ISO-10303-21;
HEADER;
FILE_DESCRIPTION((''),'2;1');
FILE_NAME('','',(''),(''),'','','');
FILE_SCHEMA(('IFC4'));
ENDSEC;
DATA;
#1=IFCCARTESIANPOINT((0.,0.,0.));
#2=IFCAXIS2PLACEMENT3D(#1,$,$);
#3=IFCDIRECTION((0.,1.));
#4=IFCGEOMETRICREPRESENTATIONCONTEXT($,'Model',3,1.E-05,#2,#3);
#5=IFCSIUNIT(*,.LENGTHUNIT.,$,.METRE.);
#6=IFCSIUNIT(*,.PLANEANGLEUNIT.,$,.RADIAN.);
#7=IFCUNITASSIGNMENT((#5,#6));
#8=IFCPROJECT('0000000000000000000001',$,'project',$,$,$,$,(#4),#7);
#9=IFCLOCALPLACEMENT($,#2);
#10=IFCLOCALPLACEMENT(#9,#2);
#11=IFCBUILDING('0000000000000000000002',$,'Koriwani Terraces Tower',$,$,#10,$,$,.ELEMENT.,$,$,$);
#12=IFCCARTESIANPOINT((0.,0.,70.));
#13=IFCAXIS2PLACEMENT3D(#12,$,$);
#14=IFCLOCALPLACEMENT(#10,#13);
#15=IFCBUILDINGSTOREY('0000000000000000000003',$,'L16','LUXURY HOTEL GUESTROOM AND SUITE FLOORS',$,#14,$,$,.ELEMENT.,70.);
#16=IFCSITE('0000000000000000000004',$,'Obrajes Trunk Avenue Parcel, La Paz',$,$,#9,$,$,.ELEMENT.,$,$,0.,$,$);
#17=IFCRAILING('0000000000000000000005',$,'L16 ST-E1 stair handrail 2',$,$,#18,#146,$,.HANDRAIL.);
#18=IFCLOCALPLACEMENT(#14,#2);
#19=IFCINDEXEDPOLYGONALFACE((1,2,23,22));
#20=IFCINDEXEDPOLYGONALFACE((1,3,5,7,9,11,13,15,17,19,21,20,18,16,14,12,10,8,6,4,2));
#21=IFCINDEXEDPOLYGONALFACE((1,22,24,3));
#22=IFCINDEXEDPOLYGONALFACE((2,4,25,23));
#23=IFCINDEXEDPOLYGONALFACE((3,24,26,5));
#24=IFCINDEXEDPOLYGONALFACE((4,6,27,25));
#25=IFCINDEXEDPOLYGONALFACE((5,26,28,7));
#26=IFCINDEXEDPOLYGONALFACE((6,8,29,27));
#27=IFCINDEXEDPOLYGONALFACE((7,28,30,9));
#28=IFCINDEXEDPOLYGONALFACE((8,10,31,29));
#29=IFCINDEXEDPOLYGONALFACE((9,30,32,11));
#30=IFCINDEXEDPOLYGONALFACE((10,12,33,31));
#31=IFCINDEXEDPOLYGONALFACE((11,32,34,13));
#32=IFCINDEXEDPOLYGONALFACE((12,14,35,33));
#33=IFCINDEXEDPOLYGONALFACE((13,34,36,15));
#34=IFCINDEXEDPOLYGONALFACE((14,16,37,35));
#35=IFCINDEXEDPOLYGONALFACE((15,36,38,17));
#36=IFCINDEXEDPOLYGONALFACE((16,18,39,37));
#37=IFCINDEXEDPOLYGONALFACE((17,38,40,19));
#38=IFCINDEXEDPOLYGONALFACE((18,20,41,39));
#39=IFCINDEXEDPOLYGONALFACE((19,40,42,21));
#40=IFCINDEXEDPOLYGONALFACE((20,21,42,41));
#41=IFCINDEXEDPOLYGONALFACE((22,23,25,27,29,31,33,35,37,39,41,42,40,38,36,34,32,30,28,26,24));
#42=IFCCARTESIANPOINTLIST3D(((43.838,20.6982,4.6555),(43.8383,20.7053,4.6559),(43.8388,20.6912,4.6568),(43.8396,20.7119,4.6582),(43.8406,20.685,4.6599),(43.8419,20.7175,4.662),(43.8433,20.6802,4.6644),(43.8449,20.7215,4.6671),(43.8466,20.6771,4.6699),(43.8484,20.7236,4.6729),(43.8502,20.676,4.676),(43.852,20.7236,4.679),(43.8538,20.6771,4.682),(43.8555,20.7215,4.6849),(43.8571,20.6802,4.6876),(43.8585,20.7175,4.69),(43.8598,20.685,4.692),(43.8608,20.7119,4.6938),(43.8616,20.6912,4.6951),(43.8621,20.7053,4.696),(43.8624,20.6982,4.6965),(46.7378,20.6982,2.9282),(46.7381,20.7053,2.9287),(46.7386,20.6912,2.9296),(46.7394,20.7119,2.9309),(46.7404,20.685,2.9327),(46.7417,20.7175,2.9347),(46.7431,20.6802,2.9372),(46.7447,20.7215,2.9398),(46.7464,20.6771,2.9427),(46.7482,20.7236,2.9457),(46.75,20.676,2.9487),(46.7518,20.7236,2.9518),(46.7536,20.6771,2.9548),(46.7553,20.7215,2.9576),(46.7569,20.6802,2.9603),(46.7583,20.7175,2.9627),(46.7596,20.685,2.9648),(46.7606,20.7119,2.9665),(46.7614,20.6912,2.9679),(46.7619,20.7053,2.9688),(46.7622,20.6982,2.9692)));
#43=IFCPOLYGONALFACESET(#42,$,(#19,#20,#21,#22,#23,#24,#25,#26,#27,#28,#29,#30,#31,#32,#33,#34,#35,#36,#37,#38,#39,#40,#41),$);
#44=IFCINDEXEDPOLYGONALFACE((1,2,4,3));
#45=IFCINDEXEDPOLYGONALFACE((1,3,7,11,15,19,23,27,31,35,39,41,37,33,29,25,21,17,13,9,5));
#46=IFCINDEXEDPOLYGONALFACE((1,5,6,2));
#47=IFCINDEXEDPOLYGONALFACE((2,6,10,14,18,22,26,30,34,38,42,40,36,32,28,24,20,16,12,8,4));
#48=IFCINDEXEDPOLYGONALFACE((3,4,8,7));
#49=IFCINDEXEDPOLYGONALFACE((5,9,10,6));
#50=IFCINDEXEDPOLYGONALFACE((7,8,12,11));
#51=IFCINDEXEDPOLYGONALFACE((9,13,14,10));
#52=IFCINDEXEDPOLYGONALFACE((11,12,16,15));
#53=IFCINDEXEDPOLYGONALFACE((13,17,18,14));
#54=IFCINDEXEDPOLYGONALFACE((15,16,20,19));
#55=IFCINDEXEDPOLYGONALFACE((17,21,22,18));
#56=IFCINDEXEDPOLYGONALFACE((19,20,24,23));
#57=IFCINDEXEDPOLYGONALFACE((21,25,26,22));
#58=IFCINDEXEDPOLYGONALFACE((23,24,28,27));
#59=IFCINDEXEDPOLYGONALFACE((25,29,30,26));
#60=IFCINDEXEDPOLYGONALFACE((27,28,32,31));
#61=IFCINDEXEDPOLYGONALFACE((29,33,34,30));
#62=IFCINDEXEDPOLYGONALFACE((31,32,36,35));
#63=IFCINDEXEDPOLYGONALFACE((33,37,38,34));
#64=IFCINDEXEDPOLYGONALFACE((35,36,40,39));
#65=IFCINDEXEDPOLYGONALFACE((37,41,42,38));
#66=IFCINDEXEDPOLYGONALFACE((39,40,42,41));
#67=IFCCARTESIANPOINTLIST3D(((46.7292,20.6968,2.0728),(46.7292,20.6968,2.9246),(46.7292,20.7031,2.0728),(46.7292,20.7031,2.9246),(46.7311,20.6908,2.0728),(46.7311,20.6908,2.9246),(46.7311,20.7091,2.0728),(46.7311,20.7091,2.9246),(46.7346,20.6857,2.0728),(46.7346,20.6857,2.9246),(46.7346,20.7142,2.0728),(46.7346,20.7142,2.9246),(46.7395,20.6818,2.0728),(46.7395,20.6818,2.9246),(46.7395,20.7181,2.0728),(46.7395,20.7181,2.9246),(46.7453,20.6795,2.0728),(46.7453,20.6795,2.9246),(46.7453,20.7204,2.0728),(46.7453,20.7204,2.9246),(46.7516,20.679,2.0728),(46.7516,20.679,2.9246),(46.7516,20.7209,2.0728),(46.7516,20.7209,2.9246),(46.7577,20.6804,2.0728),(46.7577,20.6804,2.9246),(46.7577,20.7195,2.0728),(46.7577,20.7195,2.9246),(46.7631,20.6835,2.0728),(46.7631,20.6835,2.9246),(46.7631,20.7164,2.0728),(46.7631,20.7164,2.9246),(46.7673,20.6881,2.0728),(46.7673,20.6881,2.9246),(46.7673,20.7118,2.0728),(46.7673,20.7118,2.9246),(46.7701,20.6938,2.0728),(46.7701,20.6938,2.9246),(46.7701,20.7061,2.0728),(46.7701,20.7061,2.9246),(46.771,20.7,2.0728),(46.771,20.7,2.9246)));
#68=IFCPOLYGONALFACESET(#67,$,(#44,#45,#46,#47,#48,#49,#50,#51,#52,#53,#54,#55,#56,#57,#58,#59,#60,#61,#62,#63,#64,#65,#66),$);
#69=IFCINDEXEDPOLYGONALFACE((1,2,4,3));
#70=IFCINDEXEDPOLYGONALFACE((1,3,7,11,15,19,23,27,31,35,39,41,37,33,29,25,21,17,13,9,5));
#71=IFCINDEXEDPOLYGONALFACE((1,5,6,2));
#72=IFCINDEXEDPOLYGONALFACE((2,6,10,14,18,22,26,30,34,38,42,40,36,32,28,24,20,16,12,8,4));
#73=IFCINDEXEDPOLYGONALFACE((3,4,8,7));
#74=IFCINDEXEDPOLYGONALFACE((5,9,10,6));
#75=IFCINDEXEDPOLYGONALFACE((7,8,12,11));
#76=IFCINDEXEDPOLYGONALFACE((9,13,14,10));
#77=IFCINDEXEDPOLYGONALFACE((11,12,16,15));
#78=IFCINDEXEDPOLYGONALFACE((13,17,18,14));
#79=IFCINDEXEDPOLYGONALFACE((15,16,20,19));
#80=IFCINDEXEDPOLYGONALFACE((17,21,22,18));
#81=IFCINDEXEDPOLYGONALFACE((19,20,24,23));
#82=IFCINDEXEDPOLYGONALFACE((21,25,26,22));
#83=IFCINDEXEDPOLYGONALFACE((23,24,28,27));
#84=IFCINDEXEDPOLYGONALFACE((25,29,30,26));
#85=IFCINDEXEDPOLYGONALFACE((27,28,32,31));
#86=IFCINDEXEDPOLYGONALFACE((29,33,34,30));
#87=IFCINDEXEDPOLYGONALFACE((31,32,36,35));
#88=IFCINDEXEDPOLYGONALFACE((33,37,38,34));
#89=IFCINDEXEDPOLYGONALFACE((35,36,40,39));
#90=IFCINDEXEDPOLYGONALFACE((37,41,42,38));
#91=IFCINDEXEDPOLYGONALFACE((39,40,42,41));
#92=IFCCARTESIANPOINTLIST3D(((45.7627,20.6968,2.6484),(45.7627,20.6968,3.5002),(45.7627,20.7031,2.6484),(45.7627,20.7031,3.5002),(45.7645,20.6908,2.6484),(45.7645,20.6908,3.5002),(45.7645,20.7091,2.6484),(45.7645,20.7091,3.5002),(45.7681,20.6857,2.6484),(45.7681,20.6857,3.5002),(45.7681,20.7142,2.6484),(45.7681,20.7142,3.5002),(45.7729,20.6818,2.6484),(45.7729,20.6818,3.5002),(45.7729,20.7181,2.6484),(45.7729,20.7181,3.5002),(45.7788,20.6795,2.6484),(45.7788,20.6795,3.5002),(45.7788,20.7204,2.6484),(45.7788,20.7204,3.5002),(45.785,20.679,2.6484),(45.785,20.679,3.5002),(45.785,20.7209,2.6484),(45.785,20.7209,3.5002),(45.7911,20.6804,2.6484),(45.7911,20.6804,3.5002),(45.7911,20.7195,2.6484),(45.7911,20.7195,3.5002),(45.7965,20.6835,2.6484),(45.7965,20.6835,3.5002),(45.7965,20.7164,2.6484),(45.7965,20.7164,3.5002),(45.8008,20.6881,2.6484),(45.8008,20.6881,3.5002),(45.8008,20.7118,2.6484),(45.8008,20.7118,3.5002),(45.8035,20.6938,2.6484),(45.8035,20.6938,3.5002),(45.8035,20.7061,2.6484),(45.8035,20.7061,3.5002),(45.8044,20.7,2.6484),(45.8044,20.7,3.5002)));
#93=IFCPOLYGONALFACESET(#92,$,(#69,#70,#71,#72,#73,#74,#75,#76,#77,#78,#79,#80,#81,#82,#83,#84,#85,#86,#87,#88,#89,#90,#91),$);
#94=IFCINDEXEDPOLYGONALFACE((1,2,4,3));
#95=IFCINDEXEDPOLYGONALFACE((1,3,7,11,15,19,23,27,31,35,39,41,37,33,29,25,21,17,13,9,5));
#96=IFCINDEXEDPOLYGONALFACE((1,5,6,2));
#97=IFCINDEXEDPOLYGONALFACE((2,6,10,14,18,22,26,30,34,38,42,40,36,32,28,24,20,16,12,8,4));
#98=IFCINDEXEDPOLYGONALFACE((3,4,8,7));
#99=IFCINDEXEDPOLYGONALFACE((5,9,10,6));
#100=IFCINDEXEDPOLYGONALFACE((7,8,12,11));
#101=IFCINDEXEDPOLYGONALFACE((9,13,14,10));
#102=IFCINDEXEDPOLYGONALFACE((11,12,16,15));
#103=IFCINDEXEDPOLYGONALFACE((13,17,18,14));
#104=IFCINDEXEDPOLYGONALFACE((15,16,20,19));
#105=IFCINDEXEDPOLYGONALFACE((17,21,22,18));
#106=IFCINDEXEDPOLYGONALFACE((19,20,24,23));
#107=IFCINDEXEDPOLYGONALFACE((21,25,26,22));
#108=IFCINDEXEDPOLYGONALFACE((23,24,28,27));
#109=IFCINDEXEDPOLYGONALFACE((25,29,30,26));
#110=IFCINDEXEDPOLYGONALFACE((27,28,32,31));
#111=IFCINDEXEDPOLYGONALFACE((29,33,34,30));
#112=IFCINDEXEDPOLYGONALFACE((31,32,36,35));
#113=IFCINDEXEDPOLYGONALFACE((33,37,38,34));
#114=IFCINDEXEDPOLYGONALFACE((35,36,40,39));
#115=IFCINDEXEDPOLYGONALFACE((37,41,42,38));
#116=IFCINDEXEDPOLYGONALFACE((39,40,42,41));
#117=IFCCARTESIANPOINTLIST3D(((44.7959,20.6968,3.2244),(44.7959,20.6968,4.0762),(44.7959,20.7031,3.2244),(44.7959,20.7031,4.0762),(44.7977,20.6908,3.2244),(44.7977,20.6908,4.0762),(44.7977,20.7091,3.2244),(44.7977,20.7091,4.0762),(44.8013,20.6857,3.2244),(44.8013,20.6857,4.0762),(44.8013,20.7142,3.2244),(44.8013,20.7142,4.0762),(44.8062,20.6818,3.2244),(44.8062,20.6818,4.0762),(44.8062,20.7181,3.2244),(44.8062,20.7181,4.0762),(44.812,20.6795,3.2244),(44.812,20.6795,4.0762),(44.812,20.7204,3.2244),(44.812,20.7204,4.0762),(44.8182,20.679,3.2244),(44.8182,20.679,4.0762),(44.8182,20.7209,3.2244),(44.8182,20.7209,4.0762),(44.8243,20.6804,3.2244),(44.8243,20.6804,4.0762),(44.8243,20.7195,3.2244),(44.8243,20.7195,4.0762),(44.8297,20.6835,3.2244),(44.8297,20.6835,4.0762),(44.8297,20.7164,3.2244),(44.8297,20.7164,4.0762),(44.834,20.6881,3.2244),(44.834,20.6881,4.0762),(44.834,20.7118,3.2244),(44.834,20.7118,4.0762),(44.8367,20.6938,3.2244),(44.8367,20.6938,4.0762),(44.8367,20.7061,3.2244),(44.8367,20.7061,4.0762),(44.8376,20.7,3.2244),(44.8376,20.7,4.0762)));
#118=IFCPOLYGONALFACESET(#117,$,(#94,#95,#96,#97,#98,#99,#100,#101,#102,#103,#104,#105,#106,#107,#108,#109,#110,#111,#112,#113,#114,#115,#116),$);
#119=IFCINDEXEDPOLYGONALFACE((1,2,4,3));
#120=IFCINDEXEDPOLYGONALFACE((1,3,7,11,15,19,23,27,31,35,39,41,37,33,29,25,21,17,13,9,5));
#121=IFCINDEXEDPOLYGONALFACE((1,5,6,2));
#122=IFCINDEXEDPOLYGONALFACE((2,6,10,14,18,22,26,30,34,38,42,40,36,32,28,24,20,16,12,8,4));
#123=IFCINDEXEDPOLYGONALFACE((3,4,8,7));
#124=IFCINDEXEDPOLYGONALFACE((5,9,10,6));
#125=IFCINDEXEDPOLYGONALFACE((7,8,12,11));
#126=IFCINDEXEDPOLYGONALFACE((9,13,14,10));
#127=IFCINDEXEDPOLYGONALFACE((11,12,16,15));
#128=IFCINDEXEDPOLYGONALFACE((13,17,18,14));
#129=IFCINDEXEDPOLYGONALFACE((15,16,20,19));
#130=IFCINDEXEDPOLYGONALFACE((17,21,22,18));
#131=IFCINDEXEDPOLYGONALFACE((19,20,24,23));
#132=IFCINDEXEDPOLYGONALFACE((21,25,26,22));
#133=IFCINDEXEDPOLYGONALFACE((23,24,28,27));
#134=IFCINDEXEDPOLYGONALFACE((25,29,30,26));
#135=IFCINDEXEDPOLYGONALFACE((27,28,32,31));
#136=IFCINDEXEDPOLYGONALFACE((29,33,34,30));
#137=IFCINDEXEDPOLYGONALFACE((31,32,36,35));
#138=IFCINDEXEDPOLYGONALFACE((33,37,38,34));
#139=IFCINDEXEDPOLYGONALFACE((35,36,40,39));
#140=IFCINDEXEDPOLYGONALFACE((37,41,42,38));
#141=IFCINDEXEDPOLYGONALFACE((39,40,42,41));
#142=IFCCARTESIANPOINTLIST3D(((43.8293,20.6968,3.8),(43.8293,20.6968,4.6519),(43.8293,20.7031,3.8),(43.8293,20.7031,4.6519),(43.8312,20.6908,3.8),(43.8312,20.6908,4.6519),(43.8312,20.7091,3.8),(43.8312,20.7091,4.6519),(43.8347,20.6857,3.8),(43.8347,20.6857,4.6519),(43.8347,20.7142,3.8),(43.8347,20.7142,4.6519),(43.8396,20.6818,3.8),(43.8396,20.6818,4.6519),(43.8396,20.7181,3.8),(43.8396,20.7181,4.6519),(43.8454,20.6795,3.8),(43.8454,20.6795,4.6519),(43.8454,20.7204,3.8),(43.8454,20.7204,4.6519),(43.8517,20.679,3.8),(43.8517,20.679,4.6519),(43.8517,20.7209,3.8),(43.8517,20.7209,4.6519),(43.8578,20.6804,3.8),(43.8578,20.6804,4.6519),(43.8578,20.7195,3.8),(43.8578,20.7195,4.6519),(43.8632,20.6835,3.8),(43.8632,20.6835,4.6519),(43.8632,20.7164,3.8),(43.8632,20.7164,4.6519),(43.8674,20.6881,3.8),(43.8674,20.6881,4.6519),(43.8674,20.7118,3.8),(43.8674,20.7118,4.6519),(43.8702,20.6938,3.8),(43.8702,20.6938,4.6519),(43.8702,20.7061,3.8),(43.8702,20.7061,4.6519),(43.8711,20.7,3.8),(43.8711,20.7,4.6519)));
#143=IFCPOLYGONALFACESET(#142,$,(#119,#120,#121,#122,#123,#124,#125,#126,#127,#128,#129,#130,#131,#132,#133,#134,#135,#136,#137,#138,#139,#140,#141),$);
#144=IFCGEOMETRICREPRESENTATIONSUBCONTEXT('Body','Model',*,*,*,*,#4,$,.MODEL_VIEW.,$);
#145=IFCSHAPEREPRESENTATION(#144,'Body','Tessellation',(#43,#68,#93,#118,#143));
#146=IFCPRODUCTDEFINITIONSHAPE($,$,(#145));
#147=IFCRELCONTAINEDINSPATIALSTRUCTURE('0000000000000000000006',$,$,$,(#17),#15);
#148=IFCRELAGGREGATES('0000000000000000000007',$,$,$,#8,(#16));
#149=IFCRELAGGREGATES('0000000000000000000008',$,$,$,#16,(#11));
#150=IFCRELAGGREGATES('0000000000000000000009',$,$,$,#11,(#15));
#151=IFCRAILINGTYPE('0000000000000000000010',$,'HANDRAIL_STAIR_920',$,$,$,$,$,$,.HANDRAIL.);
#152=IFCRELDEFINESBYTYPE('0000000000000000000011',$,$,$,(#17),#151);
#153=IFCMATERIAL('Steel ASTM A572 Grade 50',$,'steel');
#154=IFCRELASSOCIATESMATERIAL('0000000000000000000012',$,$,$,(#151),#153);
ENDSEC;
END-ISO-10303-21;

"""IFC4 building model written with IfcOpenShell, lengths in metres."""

from ifc_helpers import new_model, si_unit, direction, frame, origin, origin_2d, place, context, subcontext, project, spatial, circle, extrude, material, type_object, element, save


model = new_model("IFC4")

# Units and contexts
model_context = context("Model", 3, precision=1e-05, world=origin(), true_north=direction((0.0, 1.0)))
body_context = subcontext(model_context, "Body", "Model", "MODEL_VIEW")
ifc_project = project(units=[si_unit("LENGTHUNIT", "METRE"), si_unit("PLANEANGLEUNIT", "RADIAN")], contexts=[model_context])

# Site, building, storey
site_placement = place(None, origin())
site = spatial("IfcSite", under=ifc_project, at=site_placement, Name="Obrajes Trunk Avenue Parcel, La Paz", CompositionType="ELEMENT", RefElevation=0.0)
building_placement = place(site_placement, origin())
building = spatial("IfcBuilding", under=site, at=building_placement, Name="Koriwani Terraces Tower", CompositionType="ELEMENT")
storey_placement = place(building_placement, frame((0.0, 0.0, 70.0)))
storey = spatial("IfcBuildingStorey", under=building, at=storey_placement, Name="L16", Description="LUXURY HOTEL GUESTROOM AND SUITE FLOORS", CompositionType="ELEMENT", Elevation=70.0)

# Shared definitions
ifc_material_1 = material(Name="Steel ASTM A572 Grade 50", Category="steel")

# Railing
railing_type_1 = type_object("IfcRailingType", Name="HANDRAIL_STAIR_920", PredefinedType="HANDRAIL", material=ifc_material_1)
railing_1_placement = place(storey_placement, frame((46.75, 20.7, 2.0728)))
element("IfcRailing", 1, at=railing_1_placement, inside=storey, type_object=railing_type_1, Name="L16 ST-E1 stair handrail 2", PredefinedType="HANDRAIL", context=body_context, shape_type="SweptSolid", body=[
    extrude(circle(Radius=0.0239, at=origin_2d()), frame((0.0, 0.0, 0.876), z_axis=(-0.859141, 0.0, 0.511738), x_axis=(0.0, -1.0, 0.0)), (0.0, 0.0, 1.0), 3.3752),
    extrude(circle(Radius=0.021, at=origin_2d()), origin(), (0.0, 0.0, 1.0), 0.8518),
    extrude(circle(Radius=0.021, at=origin_2d()), frame((-0.9666, 0.0, 0.5757)), (0.0, 0.0, 1.0), 0.8518),
    extrude(circle(Radius=0.021, at=origin_2d()), frame((-1.9333, 0.0, 1.1516)), (0.0, 0.0, 1.0), 0.8518),
    extrude(circle(Radius=0.021, at=origin_2d()), frame((-2.8999, 0.0, 1.7273)), (0.0, 0.0, 1.0), 0.8518),
])

save(model, "model.ifc")
